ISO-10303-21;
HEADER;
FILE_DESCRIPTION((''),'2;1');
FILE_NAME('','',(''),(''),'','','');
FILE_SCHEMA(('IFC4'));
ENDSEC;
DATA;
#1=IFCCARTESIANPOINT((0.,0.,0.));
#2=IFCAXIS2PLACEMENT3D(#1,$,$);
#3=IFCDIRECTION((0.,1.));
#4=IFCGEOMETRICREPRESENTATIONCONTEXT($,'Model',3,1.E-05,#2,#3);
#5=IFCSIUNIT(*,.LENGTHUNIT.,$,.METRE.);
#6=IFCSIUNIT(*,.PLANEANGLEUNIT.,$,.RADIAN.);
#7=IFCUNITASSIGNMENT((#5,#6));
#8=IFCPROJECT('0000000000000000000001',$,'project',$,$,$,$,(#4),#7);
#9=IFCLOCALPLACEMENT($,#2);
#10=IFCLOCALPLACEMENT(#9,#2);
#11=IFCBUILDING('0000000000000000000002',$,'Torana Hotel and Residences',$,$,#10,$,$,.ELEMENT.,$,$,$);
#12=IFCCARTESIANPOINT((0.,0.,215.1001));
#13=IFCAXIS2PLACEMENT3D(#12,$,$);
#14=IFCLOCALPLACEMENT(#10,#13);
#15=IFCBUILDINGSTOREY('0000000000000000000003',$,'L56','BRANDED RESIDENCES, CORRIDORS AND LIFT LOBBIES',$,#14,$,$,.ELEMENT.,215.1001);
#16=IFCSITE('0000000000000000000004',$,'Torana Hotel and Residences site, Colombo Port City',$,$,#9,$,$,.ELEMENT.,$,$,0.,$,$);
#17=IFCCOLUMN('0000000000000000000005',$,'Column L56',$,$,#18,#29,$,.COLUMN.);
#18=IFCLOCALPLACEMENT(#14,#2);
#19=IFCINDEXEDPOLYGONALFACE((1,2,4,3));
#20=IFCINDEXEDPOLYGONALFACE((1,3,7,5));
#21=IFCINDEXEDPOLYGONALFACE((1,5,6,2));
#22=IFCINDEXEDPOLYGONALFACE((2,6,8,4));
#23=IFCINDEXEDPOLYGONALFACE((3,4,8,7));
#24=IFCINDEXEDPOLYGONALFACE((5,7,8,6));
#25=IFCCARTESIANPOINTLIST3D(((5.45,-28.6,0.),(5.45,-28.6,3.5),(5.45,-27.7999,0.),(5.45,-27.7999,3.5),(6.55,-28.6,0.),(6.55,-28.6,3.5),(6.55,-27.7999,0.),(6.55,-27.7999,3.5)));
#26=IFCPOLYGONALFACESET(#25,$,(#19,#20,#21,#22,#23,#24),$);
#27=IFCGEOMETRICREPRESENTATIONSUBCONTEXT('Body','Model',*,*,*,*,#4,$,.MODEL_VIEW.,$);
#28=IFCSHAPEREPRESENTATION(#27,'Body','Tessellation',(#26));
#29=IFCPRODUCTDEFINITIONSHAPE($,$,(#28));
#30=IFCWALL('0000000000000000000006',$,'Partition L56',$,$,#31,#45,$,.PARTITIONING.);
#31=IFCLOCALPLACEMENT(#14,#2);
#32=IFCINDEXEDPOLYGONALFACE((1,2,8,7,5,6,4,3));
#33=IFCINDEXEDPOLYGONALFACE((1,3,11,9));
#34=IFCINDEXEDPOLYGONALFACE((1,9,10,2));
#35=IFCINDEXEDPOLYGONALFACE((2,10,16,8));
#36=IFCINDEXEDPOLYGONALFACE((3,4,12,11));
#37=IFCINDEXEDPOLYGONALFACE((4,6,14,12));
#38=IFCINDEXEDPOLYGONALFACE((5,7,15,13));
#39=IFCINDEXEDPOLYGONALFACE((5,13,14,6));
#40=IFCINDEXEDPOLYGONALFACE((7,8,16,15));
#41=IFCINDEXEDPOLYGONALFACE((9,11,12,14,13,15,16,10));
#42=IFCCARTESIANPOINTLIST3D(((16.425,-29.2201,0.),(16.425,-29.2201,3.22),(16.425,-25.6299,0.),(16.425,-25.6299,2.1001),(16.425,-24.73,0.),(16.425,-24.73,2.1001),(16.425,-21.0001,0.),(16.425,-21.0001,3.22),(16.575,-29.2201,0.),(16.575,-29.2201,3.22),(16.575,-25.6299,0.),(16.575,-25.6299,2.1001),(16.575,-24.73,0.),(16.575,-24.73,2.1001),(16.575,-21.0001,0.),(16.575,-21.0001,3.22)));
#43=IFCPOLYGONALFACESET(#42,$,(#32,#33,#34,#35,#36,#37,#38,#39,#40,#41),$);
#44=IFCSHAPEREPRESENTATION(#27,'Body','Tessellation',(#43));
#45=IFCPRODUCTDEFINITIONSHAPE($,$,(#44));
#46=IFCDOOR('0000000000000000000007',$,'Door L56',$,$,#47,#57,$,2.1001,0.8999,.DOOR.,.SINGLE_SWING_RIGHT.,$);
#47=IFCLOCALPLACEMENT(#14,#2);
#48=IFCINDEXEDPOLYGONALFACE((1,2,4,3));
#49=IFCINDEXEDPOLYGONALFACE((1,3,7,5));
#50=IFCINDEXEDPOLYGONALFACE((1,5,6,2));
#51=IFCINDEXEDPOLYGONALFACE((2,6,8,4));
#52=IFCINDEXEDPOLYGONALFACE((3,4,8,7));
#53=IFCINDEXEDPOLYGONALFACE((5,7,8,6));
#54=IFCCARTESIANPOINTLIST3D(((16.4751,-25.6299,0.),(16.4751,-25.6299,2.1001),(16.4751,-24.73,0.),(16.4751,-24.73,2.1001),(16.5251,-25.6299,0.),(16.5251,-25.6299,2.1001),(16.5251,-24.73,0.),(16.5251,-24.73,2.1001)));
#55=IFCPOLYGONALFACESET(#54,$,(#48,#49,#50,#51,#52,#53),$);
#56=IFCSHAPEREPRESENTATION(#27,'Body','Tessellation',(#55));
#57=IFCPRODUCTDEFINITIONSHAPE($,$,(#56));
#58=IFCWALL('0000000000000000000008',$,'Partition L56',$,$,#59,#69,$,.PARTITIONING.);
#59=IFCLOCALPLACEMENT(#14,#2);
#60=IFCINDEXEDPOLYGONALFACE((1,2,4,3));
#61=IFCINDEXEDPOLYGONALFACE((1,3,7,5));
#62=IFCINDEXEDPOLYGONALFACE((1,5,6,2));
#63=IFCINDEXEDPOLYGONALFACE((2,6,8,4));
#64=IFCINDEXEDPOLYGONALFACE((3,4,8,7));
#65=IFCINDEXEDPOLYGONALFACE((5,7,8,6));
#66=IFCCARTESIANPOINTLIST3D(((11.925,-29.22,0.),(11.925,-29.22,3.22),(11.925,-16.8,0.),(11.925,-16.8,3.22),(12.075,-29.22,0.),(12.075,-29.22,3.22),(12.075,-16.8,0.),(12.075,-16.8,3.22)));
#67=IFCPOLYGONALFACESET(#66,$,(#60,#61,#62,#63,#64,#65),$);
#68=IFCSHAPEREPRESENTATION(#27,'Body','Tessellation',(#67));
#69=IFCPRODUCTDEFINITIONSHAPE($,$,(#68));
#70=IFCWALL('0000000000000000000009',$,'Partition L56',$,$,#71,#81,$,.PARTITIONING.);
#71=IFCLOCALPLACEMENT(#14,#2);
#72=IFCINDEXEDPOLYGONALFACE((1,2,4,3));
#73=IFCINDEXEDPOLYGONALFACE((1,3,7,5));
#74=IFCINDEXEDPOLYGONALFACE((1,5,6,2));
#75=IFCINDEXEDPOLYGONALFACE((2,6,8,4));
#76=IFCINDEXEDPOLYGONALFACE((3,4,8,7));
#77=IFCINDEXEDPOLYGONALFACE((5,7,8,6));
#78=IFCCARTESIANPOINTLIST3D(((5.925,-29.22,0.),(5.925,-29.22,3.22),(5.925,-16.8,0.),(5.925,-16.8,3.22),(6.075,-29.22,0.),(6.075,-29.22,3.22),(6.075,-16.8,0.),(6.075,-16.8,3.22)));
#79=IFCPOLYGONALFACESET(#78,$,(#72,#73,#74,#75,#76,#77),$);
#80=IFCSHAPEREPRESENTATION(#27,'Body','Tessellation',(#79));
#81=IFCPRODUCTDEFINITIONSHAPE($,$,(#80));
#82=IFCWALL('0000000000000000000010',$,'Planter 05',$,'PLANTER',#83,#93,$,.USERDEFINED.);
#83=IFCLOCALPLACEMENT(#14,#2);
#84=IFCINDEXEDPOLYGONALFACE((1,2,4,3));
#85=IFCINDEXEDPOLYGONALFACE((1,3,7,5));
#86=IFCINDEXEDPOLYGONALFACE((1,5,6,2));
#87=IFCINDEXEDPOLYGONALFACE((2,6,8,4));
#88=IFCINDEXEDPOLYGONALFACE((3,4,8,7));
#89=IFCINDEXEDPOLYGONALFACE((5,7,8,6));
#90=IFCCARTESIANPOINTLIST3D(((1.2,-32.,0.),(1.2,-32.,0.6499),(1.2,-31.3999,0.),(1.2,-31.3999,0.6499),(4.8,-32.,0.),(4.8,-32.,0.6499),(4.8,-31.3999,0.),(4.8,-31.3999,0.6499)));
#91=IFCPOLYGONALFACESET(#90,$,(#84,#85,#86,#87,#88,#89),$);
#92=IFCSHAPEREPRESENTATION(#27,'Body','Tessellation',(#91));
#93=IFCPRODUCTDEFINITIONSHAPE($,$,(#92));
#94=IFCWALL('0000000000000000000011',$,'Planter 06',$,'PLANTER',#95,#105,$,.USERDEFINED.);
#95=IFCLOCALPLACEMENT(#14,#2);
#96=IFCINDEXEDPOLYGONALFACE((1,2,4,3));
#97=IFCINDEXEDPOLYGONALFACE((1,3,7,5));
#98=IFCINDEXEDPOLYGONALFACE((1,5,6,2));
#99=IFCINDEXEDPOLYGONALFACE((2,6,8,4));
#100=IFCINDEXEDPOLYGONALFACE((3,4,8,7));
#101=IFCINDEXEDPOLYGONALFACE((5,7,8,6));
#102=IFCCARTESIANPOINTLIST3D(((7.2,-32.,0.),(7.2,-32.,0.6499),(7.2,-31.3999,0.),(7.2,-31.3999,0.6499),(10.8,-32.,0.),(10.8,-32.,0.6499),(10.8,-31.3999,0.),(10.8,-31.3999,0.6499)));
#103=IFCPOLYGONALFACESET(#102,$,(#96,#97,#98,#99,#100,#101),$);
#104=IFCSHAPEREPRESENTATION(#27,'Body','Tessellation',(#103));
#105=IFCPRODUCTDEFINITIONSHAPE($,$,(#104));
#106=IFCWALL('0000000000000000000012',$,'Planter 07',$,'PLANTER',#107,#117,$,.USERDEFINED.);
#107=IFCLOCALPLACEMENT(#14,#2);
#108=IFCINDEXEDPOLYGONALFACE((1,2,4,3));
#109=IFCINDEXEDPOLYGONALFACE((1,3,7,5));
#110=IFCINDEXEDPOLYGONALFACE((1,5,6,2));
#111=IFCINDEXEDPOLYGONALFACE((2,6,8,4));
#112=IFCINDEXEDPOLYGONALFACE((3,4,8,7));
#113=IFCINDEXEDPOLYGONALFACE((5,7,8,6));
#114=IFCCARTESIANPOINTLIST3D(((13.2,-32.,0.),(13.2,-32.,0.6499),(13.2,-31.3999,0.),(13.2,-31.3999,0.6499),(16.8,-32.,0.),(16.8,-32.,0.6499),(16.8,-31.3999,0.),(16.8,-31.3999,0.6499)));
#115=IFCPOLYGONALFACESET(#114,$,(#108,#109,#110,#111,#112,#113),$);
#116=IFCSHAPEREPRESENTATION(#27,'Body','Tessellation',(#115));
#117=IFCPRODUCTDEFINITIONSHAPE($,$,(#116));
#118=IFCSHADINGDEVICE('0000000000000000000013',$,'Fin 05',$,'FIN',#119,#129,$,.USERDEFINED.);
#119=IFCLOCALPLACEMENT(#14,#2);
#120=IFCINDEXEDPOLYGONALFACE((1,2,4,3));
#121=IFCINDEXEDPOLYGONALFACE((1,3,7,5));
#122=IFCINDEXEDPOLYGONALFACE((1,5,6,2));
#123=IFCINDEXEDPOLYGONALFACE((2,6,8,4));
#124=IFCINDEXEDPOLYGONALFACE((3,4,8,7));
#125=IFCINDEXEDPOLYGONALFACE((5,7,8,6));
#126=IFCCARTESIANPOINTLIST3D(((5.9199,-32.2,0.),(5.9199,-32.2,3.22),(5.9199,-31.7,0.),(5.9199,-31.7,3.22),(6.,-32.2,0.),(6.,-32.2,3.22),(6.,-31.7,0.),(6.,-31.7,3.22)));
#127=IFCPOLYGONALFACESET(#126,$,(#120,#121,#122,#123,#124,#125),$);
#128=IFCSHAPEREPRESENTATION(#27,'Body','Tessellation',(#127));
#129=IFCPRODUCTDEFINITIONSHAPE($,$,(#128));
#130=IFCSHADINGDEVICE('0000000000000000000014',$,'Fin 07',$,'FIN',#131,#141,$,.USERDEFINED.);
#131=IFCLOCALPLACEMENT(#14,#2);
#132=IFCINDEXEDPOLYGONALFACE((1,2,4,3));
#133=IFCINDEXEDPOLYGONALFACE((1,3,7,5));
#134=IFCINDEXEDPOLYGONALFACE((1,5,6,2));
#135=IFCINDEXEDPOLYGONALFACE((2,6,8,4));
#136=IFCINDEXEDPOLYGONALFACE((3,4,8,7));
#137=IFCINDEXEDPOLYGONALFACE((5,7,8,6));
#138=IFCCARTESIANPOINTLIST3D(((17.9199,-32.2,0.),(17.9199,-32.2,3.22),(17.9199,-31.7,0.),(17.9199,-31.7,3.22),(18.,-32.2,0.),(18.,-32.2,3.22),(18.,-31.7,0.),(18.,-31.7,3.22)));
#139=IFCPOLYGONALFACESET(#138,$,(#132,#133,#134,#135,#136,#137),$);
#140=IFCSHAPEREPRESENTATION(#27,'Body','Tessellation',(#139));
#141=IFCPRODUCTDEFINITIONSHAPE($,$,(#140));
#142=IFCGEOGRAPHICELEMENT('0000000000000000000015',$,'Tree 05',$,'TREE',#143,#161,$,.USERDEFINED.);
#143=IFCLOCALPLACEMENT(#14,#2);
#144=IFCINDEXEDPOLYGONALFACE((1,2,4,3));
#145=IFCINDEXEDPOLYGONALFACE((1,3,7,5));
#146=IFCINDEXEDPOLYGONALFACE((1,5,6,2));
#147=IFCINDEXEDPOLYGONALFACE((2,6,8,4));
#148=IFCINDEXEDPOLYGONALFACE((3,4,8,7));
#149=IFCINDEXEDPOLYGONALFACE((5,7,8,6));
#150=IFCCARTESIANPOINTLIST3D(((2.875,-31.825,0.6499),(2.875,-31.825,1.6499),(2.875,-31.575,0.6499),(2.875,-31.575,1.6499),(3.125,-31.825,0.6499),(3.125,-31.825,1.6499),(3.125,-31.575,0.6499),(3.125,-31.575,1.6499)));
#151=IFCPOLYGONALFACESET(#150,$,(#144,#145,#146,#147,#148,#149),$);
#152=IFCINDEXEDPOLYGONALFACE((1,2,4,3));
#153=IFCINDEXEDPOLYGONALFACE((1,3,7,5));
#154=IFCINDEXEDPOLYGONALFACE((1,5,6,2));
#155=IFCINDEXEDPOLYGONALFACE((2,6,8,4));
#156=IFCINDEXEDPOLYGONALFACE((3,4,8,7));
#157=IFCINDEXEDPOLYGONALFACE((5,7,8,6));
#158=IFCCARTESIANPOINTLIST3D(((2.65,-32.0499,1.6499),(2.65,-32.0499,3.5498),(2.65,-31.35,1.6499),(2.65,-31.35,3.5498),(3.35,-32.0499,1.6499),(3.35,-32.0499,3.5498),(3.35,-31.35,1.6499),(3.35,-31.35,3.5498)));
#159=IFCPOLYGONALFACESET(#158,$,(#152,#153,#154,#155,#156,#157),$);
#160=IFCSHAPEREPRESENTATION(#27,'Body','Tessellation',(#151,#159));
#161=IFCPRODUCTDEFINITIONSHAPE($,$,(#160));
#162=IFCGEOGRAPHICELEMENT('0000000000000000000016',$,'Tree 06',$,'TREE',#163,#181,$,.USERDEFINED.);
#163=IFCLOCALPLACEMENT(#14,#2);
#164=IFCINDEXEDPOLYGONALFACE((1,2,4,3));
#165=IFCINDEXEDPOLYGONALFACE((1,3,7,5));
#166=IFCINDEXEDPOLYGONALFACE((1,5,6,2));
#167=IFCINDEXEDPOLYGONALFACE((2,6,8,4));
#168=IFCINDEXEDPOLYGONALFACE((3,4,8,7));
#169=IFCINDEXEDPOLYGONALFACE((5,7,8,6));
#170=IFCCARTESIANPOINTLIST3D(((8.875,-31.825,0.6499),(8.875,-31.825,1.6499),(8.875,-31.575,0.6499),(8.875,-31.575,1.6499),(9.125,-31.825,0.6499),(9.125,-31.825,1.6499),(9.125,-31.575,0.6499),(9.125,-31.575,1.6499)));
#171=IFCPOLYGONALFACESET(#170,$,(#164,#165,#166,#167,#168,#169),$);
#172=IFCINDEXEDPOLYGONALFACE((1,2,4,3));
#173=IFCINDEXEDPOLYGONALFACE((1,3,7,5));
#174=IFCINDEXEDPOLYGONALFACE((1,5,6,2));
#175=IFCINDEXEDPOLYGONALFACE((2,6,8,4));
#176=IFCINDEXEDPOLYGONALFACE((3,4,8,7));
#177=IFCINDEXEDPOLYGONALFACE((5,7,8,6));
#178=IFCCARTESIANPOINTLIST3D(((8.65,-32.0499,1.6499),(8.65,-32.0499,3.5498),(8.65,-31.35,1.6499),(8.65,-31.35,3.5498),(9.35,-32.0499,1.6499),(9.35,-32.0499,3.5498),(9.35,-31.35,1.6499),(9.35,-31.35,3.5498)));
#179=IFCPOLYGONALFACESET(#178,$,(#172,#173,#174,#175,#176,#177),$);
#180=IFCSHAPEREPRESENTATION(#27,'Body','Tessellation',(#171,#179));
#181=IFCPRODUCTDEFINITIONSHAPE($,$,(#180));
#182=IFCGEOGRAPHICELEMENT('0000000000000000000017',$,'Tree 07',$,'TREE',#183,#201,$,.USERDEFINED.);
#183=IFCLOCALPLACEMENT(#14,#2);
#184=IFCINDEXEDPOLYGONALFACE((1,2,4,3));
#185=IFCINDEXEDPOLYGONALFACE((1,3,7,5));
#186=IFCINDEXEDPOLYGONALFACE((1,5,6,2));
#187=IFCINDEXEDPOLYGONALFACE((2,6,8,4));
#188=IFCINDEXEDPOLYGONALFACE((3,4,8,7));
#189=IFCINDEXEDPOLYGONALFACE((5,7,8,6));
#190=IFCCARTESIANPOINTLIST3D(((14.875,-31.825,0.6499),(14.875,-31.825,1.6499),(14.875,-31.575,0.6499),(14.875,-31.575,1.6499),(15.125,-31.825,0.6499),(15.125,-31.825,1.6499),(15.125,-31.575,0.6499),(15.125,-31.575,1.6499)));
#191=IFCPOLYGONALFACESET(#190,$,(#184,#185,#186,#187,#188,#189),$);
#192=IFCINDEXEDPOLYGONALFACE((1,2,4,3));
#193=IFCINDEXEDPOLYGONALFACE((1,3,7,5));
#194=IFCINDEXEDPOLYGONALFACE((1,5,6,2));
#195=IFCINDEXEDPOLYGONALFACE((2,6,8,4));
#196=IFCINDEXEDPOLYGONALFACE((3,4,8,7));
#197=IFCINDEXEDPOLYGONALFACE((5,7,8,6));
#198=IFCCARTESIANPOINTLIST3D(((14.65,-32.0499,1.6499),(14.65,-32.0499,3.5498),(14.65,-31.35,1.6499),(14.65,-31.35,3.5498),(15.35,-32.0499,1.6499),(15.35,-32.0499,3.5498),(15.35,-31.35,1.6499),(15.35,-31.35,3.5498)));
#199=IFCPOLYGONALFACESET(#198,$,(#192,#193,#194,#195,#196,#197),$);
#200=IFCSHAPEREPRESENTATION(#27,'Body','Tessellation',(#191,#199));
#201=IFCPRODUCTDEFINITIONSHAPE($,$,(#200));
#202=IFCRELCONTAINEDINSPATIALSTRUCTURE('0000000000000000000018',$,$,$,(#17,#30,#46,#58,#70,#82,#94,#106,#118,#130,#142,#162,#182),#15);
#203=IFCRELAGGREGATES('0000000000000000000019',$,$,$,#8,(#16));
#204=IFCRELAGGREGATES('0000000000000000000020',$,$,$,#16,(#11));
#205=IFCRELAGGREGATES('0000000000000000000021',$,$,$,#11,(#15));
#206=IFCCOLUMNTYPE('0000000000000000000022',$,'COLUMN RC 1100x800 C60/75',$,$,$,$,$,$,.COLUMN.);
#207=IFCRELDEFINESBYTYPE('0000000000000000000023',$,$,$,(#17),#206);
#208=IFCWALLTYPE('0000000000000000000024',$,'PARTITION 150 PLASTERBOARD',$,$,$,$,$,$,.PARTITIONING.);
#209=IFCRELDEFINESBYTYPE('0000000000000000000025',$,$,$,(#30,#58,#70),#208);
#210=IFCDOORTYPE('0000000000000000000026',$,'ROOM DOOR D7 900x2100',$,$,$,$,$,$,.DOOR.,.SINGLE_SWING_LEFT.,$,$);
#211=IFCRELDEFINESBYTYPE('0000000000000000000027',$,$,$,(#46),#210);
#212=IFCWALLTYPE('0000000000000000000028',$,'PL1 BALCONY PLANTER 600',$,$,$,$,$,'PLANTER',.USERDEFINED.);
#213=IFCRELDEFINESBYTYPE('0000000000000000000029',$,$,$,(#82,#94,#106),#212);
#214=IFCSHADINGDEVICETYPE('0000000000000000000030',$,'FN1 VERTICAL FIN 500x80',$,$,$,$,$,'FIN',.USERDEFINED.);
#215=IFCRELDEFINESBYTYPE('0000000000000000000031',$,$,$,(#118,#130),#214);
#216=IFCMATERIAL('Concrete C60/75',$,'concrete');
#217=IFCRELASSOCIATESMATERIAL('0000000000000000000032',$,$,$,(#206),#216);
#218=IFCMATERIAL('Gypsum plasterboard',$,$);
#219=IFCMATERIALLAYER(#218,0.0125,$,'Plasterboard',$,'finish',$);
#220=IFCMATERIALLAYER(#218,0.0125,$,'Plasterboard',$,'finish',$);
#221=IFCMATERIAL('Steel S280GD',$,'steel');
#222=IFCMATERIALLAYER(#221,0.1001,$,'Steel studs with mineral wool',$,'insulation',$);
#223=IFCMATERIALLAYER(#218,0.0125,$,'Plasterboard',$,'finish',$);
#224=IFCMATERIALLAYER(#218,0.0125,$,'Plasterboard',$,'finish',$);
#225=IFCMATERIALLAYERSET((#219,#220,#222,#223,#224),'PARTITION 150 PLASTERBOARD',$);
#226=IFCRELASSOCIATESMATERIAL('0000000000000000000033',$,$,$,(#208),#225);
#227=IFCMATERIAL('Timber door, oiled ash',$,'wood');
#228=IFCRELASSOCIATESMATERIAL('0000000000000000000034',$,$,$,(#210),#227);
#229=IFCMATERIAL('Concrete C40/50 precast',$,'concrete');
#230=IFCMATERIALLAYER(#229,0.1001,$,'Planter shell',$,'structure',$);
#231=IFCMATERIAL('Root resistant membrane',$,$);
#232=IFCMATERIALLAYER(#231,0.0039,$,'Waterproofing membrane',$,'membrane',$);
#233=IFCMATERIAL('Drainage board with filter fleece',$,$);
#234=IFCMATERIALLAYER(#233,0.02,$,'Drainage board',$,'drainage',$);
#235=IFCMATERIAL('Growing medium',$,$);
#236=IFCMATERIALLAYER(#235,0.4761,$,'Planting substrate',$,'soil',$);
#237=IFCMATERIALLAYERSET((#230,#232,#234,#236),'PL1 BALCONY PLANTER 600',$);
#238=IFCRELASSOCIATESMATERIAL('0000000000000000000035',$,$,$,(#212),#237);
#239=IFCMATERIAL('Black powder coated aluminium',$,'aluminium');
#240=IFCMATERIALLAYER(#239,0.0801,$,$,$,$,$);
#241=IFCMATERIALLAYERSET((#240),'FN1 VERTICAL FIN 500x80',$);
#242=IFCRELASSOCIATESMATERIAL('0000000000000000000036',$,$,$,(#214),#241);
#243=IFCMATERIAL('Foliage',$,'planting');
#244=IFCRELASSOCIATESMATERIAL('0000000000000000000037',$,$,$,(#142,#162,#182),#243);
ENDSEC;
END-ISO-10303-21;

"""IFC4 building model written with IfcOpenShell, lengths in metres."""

from ifc_helpers import new_model, si_unit, direction, frame, frame_2d, origin, origin_2d, place, context, subcontext, project, spatial, rectangle, extrude, material, layer, layer_set, material_profile, profile_set, type_object, element, fill, save


model = new_model("IFC4")

# Units and contexts
model_context = context("Model", 3, precision=1e-05, world=origin(), true_north=direction((0.0, 1.0)))
body_context = subcontext(model_context, "Body", "Model", "MODEL_VIEW")
ifc_project = project(units=[si_unit("LENGTHUNIT", "METRE"), si_unit("PLANEANGLEUNIT", "RADIAN")], contexts=[model_context])

# Site, building, storey
site_placement = place(None, origin())
site = spatial("IfcSite", under=ifc_project, at=site_placement, Name="Torana Hotel and Residences site, Colombo Port City", CompositionType="ELEMENT", RefElevation=0.0)
building_placement = place(site_placement, origin())
building = spatial("IfcBuilding", under=site, at=building_placement, Name="Torana Hotel and Residences", CompositionType="ELEMENT")
storey_placement = place(building_placement, frame((0.0, 0.0, 215.1001)))
storey = spatial("IfcBuildingStorey", under=building, at=storey_placement, Name="L56", Description="BRANDED RESIDENCES, CORRIDORS AND LIFT LOBBIES", CompositionType="ELEMENT", Elevation=215.1001)

# Column
ifc_material_1 = material(Name="Concrete C60/75", Category="concrete")
ifc_material_profile = material_profile(ifc_material_1, rectangle(XDim=1.1001, YDim=0.8, at=origin_2d()), Name="RC 1100x800")
ifc_profile_set = profile_set([ifc_material_profile], Name="Concrete C60/75")
column_type = type_object("IfcColumnType", Name="COLUMN RC 1100x800 C60/75", PredefinedType="COLUMN", material=ifc_profile_set)
column_placement = place(storey_placement, frame((6.0, -28.2, 0.0), z_axis=(0.0, 0.0, 1.0), x_axis=(1.0, 0.0, 0.0)))
element("IfcColumn", 1, at=column_placement, inside=storey, type_object=column_type, Name="Column L56", PredefinedType="COLUMN", context=body_context, shape_type="SweptSolid", body=[
    extrude(rectangle(XDim=1.1001, YDim=0.8, at=origin_2d()), origin(), (0.0, 0.0, 1.0), 3.5),
])

# Wall, opening, door
ifc_material_2 = material(Name="Gypsum plasterboard")
ifc_layer_1 = layer(ifc_material_2, 0.0125, Name="Plasterboard", Category="finish")
ifc_layer_2 = layer(ifc_material_2, 0.0125, Name="Plasterboard", Category="finish")
ifc_material_3 = material(Name="Steel S280GD", Category="steel")
ifc_layer_3 = layer(ifc_material_3, 0.1001, Name="Steel studs with mineral wool", Category="insulation")
ifc_layer_4 = layer(ifc_material_2, 0.0125, Name="Plasterboard", Category="finish")
ifc_layer_5 = layer(ifc_material_2, 0.0125, Name="Plasterboard", Category="finish")
ifc_layer_set_1 = layer_set([ifc_layer_1, ifc_layer_2, ifc_layer_3, ifc_layer_4, ifc_layer_5], Name="PARTITION 150 PLASTERBOARD")
wall_type_1 = type_object("IfcWallType", Name="PARTITION 150 PLASTERBOARD", PredefinedType="PARTITIONING", material=ifc_layer_set_1)
wall_placement = place(storey_placement, frame((16.5, -29.22, 0.0), z_axis=(0.0, 0.0, 1.0), x_axis=(0.0, 1.0, 0.0)))
wall = element("IfcWall", 2, at=wall_placement, inside=storey, type_object=wall_type_1, Name="Partition L56", PredefinedType="PARTITIONING", context=body_context, shape_type="SweptSolid", body=[
    extrude(rectangle(XDim=8.22, YDim=0.1499, at=frame_2d((4.1099, 0.0))), origin(), (0.0, 0.0, 1.0), 3.22),
])
opening_placement = place(wall_placement, frame((3.5901, 0.0, 0.0)))
opening = element("IfcOpeningElement", 3, at=opening_placement, cuts=wall, PredefinedType="OPENING", context=body_context, shape_type="SweptSolid", body=[
    extrude(rectangle(XDim=0.8999, YDim=2.1001, at=frame_2d((0.45, 1.05))), frame((0.0, 0.085, 0.0), z_axis=(0.0, -1.0, 0.0), x_axis=(1.0, 0.0, 0.0)), (0.0, 0.0, 1.0), 0.1699),
])
ifc_material_4 = material(Name="Timber door, oiled ash", Category="wood")
door_type = type_object("IfcDoorType", Name="ROOM DOOR D7 900x2100", OperationType="SINGLE_SWING_LEFT", PredefinedType="DOOR", material=ifc_material_4)
door_placement = place(opening_placement, origin())
door = element("IfcDoor", 4, at=door_placement, inside=storey, type_object=door_type, Name="Door L56", OperationType="SINGLE_SWING_RIGHT", OverallHeight=2.1001, OverallWidth=0.8999, PredefinedType="DOOR", context=body_context, shape_type="SweptSolid", body=[
    extrude(rectangle(XDim=0.8999, YDim=2.1001, at=frame_2d((0.45, 1.05))), frame((0.0, 0.0249, 0.0), z_axis=(0.0, -1.0, 0.0), x_axis=(1.0, 0.0, 0.0)), (0.0, 0.0, 1.0), 0.05),
])
fill(opening, door)

# Walls
for number, where, z_axis, x_axis, name in (
    (5, (12.0, -29.22, 0.0), (0.0, 0.0, 1.0), (0.0, 1.0, 0.0), "Partition L56"),
    (6, (6.0, -29.22, 0.0), (0.0, 0.0, 1.0), (0.0, 1.0, 0.0), "Partition L56"),
):
    element("IfcWall", number, at=place(storey_placement, frame(where, z_axis=z_axis, x_axis=x_axis)), inside=storey, type_object=wall_type_1, Name=name, PredefinedType="PARTITIONING", context=body_context, shape_type="SweptSolid", body=[
        extrude(rectangle(XDim=12.4199, YDim=0.1499, at=frame_2d((6.21, 0.0))), origin(), (0.0, 0.0, 1.0), 3.22),
    ])
ifc_material_5 = material(Name="Concrete C40/50 precast", Category="concrete")
ifc_layer_6 = layer(ifc_material_5, 0.1001, Name="Planter shell", Category="structure")
ifc_material_6 = material(Name="Root resistant membrane")
ifc_layer_7 = layer(ifc_material_6, 0.0039, Name="Waterproofing membrane", Category="membrane")
ifc_material_7 = material(Name="Drainage board with filter fleece")
ifc_layer_8 = layer(ifc_material_7, 0.02, Name="Drainage board", Category="drainage")
ifc_material_8 = material(Name="Growing medium")
ifc_layer_9 = layer(ifc_material_8, 0.4761, Name="Planting substrate", Category="soil")
ifc_layer_set_2 = layer_set([ifc_layer_6, ifc_layer_7, ifc_layer_8, ifc_layer_9], Name="PL1 BALCONY PLANTER 600")
wall_type_2 = type_object("IfcWallType", Name="PL1 BALCONY PLANTER 600", ElementType="PLANTER", PredefinedType="USERDEFINED", material=ifc_layer_set_2)
for number, where, z_axis, x_axis, name in (
    (7, (4.8, -31.7, 0.0), (0.0, 0.0, 1.0), (-1.0, 0.0, 0.0), "Planter 05"),
    (8, (10.8, -31.7, 0.0), (0.0, 0.0, 1.0), (-1.0, 0.0, 0.0), "Planter 06"),
    (9, (16.8, -31.7, 0.0), (0.0, 0.0, 1.0), (-1.0, 0.0, 0.0), "Planter 07"),
):
    element("IfcWall", number, at=place(storey_placement, frame(where, z_axis=z_axis, x_axis=x_axis)), inside=storey, type_object=wall_type_2, Name=name, ObjectType="PLANTER", PredefinedType="USERDEFINED", context=body_context, shape_type="SweptSolid", body=[
        extrude(rectangle(XDim=3.6001, YDim=0.6001, at=frame_2d((1.8, 0.0))), origin(), (0.0, 0.0, 1.0), 0.6499),
    ])

# Shading devices
ifc_material_9 = material(Name="Black powder coated aluminium", Category="aluminium")
ifc_layer_10 = layer(ifc_material_9, 0.0801)
ifc_layer_set_3 = layer_set([ifc_layer_10], Name="FN1 VERTICAL FIN 500x80")
shading_device_type = type_object("IfcShadingDeviceType", Name="FN1 VERTICAL FIN 500x80", ElementType="FIN", PredefinedType="USERDEFINED", material=ifc_layer_set_3)
for number, where, z_axis, x_axis, name in (
    (10, (5.96, -31.95, 0.0), (0.0, 0.0, 1.0), (-1.0, 0.0, 0.0), "Fin 05"),
    (11, (17.96, -31.95, 0.0), (0.0, 0.0, 1.0), (-1.0, 0.0, 0.0), "Fin 07"),
):
    element("IfcShadingDevice", number, at=place(storey_placement, frame(where, z_axis=z_axis, x_axis=x_axis)), inside=storey, type_object=shading_device_type, Name=name, ObjectType="FIN", PredefinedType="USERDEFINED", context=body_context, shape_type="SweptSolid", body=[
        extrude(rectangle(XDim=0.0801, YDim=0.5, at=origin_2d()), origin(), (0.0, 0.0, 1.0), 3.22),
    ])

# Geographic elements
ifc_material_10 = material(Name="Foliage", Category="planting")
for number, where, z_axis, x_axis, name in (
    (12, (3.0, -31.7, 0.6499), (0.0, 0.0, 1.0), (1.0, 0.0, 0.0), "Tree 05"),
    (13, (9.0, -31.7, 0.6499), (0.0, 0.0, 1.0), (1.0, 0.0, 0.0), "Tree 06"),
    (14, (15.0, -31.7, 0.6499), (0.0, 0.0, 1.0), (1.0, 0.0, 0.0), "Tree 07"),
):
    element("IfcGeographicElement", number, at=place(storey_placement, frame(where, z_axis=z_axis, x_axis=x_axis)), inside=storey, material=ifc_material_10, Name=name, ObjectType="TREE", PredefinedType="USERDEFINED", context=body_context, shape_type="SweptSolid", body=[
        extrude(rectangle(XDim=0.25, YDim=0.25, at=origin_2d()), origin(), (0.0, 0.0, 1.0), 1.0),
        extrude(rectangle(XDim=0.7, YDim=0.7, at=origin_2d()), frame((0.0, 0.0, 1.0)), (0.0, 0.0, 1.0), 1.8999),
    ])

save(model, "model.ifc")
